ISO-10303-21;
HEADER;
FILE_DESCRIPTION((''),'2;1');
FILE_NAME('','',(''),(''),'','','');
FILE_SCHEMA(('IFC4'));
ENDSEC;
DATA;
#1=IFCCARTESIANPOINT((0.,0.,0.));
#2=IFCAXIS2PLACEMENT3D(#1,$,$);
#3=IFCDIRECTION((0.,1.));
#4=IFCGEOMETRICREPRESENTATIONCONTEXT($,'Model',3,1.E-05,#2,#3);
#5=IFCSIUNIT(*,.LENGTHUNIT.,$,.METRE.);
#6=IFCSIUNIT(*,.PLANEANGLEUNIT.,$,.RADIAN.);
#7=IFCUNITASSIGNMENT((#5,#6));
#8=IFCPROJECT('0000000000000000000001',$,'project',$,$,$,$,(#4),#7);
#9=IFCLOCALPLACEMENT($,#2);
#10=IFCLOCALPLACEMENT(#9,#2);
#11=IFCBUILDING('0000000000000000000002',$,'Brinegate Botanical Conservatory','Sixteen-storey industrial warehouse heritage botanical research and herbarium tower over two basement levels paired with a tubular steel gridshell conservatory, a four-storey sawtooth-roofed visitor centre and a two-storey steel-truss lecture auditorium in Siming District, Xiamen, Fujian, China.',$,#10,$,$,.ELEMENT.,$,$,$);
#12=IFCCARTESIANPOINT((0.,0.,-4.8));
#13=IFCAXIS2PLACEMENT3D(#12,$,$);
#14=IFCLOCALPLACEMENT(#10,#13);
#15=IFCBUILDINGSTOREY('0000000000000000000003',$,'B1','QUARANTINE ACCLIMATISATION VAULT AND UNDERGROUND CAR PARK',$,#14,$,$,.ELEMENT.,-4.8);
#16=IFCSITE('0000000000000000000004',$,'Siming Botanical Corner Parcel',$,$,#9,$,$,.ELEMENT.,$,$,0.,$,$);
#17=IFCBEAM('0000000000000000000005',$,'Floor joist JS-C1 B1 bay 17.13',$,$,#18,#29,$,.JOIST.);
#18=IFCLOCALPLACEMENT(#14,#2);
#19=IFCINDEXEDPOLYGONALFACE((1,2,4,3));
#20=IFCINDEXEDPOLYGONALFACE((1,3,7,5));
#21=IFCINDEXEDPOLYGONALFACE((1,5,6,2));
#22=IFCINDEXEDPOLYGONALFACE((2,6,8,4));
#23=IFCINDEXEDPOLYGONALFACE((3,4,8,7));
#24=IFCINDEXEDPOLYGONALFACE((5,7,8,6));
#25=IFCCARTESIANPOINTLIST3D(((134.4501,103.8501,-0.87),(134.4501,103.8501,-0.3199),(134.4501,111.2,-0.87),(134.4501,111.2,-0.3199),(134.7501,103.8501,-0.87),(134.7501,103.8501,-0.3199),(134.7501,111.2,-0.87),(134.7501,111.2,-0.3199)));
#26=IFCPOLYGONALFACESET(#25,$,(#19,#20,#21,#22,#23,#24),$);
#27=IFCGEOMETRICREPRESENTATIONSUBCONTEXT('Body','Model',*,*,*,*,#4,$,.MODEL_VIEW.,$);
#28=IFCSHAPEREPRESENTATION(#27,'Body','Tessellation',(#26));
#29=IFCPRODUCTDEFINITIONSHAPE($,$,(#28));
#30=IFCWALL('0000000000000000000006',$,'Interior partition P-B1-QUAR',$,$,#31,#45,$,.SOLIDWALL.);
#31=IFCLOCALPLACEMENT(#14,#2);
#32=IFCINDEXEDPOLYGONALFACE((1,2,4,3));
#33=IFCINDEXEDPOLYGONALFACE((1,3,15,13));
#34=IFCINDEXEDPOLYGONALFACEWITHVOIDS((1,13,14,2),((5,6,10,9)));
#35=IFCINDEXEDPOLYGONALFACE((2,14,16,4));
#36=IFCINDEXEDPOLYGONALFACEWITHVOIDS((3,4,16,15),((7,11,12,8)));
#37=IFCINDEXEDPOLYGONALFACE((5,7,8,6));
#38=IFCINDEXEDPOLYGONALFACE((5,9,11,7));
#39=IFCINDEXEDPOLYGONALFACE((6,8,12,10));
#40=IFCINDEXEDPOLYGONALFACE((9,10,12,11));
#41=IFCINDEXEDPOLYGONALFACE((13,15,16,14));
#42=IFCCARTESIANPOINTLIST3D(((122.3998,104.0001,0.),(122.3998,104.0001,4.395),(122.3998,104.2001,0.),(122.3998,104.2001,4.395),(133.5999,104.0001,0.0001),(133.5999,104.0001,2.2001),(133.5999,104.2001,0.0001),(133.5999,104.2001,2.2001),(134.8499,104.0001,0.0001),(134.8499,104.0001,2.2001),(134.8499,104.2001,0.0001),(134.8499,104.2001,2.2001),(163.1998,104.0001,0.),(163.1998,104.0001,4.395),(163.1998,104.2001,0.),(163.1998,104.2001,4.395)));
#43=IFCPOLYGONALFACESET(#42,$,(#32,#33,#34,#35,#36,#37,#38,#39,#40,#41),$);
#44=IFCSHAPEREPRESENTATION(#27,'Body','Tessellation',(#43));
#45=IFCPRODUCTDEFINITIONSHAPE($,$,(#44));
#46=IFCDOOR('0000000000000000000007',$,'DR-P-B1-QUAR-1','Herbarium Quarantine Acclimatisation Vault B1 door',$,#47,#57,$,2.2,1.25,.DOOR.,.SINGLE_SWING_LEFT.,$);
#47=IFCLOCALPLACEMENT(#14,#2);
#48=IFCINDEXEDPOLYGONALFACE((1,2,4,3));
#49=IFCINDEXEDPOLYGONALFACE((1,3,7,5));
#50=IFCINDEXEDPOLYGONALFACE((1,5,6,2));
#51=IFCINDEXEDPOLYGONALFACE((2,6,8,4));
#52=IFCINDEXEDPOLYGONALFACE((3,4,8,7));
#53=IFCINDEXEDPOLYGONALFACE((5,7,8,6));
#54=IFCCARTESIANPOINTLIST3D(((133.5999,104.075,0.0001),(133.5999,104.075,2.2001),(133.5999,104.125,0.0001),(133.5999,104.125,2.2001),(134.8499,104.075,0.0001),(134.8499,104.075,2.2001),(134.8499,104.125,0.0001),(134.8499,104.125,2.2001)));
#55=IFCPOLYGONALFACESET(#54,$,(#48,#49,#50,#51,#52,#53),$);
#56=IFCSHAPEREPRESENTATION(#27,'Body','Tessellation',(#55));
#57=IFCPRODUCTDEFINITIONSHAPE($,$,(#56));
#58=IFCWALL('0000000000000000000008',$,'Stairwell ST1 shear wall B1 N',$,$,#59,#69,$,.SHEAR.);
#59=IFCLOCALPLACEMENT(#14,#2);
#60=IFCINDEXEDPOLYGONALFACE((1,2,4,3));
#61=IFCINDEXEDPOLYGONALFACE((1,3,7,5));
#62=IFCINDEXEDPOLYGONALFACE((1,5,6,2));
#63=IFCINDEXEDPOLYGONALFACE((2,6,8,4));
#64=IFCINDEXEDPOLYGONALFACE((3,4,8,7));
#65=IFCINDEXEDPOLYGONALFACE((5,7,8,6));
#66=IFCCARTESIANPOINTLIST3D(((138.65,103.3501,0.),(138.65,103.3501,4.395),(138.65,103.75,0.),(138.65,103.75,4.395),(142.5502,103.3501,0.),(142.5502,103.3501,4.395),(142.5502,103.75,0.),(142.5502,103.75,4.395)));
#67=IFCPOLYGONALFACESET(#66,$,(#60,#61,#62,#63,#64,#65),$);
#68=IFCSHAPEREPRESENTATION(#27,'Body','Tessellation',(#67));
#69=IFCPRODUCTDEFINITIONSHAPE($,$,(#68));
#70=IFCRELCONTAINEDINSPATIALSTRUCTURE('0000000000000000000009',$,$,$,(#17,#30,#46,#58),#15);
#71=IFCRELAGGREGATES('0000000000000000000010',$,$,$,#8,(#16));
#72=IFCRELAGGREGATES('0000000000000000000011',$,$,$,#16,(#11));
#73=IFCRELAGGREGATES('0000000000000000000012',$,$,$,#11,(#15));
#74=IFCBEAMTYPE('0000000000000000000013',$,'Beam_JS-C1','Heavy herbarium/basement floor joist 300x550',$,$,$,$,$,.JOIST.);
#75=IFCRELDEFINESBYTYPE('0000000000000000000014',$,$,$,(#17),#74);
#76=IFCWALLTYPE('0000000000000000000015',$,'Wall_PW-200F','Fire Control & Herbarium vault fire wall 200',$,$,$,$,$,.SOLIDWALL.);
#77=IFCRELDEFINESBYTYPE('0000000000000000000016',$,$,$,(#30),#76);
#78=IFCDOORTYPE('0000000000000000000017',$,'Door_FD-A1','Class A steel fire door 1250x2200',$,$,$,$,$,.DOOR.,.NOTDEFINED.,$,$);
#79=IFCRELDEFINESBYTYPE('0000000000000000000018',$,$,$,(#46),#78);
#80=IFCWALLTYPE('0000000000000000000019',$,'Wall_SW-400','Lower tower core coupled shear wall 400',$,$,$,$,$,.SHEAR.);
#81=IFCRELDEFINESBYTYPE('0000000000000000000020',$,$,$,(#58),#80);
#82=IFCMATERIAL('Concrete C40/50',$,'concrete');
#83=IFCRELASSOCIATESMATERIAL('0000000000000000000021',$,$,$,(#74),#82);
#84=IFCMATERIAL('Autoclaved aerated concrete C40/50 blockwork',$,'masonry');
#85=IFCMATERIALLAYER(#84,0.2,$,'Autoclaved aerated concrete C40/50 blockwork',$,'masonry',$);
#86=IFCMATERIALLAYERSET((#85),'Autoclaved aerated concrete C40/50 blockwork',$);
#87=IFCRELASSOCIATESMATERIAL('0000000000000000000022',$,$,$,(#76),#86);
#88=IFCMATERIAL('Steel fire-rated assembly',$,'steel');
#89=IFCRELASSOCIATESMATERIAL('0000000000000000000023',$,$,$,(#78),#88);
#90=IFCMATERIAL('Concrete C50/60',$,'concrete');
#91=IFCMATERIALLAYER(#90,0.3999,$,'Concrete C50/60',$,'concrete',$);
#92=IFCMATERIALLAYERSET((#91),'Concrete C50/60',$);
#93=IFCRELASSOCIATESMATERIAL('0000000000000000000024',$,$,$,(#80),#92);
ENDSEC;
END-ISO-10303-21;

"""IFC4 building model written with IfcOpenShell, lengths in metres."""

from ifc_helpers import new_model, si_unit, direction, frame, frame_2d, origin, origin_2d, place, context, subcontext, project, spatial, rectangle, extrude, material, layer, layer_set, material_profile, profile_set, type_object, element, fill, save


model = new_model("IFC4")

# Units and contexts
model_context = context("Model", 3, precision=1e-05, world=origin(), true_north=direction((0.0, 1.0)))
body_context = subcontext(model_context, "Body", "Model", "MODEL_VIEW")
ifc_project = project(units=[si_unit("LENGTHUNIT", "METRE"), si_unit("PLANEANGLEUNIT", "RADIAN")], contexts=[model_context])

# Site, building, storey
site_placement = place(None, origin())
site = spatial("IfcSite", under=ifc_project, at=site_placement, Name="Siming Botanical Corner Parcel", CompositionType="ELEMENT", RefElevation=0.0)
building_placement = place(site_placement, origin())
building = spatial("IfcBuilding", under=site, at=building_placement, Name="Brinegate Botanical Conservatory", Description="Sixteen-storey industrial warehouse heritage botanical research and herbarium tower over two basement levels paired with a tubular steel gridshell conservatory, a four-storey sawtooth-roofed visitor centre and a two-storey steel-truss lecture auditorium in Siming District, Xiamen, Fujian, China.", CompositionType="ELEMENT")
storey_placement = place(building_placement, frame((0.0, 0.0, -4.8)))
storey = spatial("IfcBuildingStorey", under=building, at=storey_placement, Name="B1", Description="QUARANTINE ACCLIMATISATION VAULT AND UNDERGROUND CAR PARK", CompositionType="ELEMENT", Elevation=-4.8)

# Shared definitions
ifc_material_1 = material(Name="Concrete C50/60", Category="concrete")

# Beam
ifc_material_2 = material(Name="Concrete C40/50", Category="concrete")
ifc_material_profile_1 = material_profile(ifc_material_2, rectangle(XDim=0.3, YDim=0.55, at=origin_2d()), Name="RC JST 300x550")
ifc_profile_set_1 = profile_set([ifc_material_profile_1], Name="Concrete C40/50")
beam_type_1 = type_object("IfcBeamType", Name="Beam_JS-C1", Description="Heavy herbarium/basement floor joist 300x550", PredefinedType="JOIST", material=ifc_profile_set_1)
for number, where, z_axis, x_axis, name in (
    (1, (134.6001, 103.8501, -0.595), (0.0, 1.0, 0.0), (-1.0, 0.0, 0.0), "Floor joist JS-C1 B1 bay 17.13"),
):
    element("IfcBeam", number, at=place(storey_placement, frame(where, z_axis=z_axis, x_axis=x_axis)), inside=storey, type_object=beam_type_1, Name=name, PredefinedType="JOIST", context=body_context, shape_type="SweptSolid", body=[
        extrude(rectangle(XDim=0.3, YDim=0.55, at=origin_2d()), origin(), (0.0, 0.0, 1.0), 7.3499),
    ])

# Wall, opening, door
ifc_material_3 = material(Name="Autoclaved aerated concrete C40/50 blockwork", Category="masonry")
ifc_layer_1 = layer(ifc_material_3, 0.2, Name="Autoclaved aerated concrete C40/50 blockwork", Category="masonry")
ifc_layer_set_1 = layer_set([ifc_layer_1], Name="Autoclaved aerated concrete C40/50 blockwork")
wall_type_1 = type_object("IfcWallType", Name="Wall_PW-200F", Description="Fire Control & Herbarium vault fire wall 200", PredefinedType="SOLIDWALL", material=ifc_layer_set_1)
wall_1_placement = place(storey_placement, frame((122.3999, 104.1001, 0.0), z_axis=(0.0, 0.0, 1.0), x_axis=(1.0, 0.0, 0.0)))
wall_1 = element("IfcWall", 2, at=wall_1_placement, inside=storey, type_object=wall_type_1, Name="Interior partition P-B1-QUAR", PredefinedType="SOLIDWALL", context=body_context, shape_type="SweptSolid", body=[
    extrude(rectangle(XDim=40.8, YDim=0.2, at=frame_2d((20.3999, 0.0))), origin(), (0.0, 0.0, 1.0), 4.395),
])
opening_placement = place(wall_1_placement, frame((11.2, 0.0, 0.0)))
opening = element("IfcOpeningElement", 3, at=opening_placement, cuts=wall_1, PredefinedType="OPENING", context=body_context, shape_type="SweptSolid", body=[
    extrude(rectangle(XDim=1.25, YDim=2.2, at=frame_2d((0.625, 1.1001))), frame((0.0, 0.1099, 0.0), z_axis=(0.0, -1.0, 0.0), x_axis=(1.0, 0.0, 0.0)), (0.0, 0.0, 1.0), 0.22),
])
ifc_material_4 = material(Name="Steel fire-rated assembly", Category="steel")
door_type = type_object("IfcDoorType", Name="Door_FD-A1", Description="Class A steel fire door 1250x2200", OperationType="NOTDEFINED", PredefinedType="DOOR", material=ifc_material_4)
door_placement = place(opening_placement, origin())
door = element("IfcDoor", 4, at=door_placement, inside=storey, type_object=door_type, Name="DR-P-B1-QUAR-1", Description="Herbarium Quarantine Acclimatisation Vault B1 door", OperationType="SINGLE_SWING_LEFT", OverallHeight=2.2, OverallWidth=1.25, PredefinedType="DOOR", context=body_context, shape_type="SweptSolid", body=[
    extrude(rectangle(XDim=1.25, YDim=2.2, at=frame_2d((0.625, 1.1001))), frame((0.0, 0.0249, 0.0), z_axis=(0.0, -1.0, 0.0), x_axis=(1.0, 0.0, 0.0)), (0.0, 0.0, 1.0), 0.05),
])
fill(opening, door)

# Wall
ifc_layer_2 = layer(ifc_material_1, 0.3999, Name="Concrete C50/60", Category="concrete")
ifc_layer_set_2 = layer_set([ifc_layer_2], Name="Concrete C50/60")
wall_type_2 = type_object("IfcWallType", Name="Wall_SW-400", Description="Lower tower core coupled shear wall 400", PredefinedType="SHEAR", material=ifc_layer_set_2)
wall_2_placement = place(storey_placement, frame((138.6499, 103.55, 0.0), z_axis=(0.0, 0.0, 1.0), x_axis=(1.0, 0.0, 0.0)))
element("IfcWall", 5, at=wall_2_placement, inside=storey, type_object=wall_type_2, Name="Stairwell ST1 shear wall B1 N", PredefinedType="SHEAR", context=body_context, shape_type="SweptSolid", body=[
    extrude(rectangle(XDim=3.9001, YDim=0.3999, at=frame_2d((1.9502, 0.0))), origin(), (0.0, 0.0, 1.0), 4.395),
])

save(model, "model.ifc")
